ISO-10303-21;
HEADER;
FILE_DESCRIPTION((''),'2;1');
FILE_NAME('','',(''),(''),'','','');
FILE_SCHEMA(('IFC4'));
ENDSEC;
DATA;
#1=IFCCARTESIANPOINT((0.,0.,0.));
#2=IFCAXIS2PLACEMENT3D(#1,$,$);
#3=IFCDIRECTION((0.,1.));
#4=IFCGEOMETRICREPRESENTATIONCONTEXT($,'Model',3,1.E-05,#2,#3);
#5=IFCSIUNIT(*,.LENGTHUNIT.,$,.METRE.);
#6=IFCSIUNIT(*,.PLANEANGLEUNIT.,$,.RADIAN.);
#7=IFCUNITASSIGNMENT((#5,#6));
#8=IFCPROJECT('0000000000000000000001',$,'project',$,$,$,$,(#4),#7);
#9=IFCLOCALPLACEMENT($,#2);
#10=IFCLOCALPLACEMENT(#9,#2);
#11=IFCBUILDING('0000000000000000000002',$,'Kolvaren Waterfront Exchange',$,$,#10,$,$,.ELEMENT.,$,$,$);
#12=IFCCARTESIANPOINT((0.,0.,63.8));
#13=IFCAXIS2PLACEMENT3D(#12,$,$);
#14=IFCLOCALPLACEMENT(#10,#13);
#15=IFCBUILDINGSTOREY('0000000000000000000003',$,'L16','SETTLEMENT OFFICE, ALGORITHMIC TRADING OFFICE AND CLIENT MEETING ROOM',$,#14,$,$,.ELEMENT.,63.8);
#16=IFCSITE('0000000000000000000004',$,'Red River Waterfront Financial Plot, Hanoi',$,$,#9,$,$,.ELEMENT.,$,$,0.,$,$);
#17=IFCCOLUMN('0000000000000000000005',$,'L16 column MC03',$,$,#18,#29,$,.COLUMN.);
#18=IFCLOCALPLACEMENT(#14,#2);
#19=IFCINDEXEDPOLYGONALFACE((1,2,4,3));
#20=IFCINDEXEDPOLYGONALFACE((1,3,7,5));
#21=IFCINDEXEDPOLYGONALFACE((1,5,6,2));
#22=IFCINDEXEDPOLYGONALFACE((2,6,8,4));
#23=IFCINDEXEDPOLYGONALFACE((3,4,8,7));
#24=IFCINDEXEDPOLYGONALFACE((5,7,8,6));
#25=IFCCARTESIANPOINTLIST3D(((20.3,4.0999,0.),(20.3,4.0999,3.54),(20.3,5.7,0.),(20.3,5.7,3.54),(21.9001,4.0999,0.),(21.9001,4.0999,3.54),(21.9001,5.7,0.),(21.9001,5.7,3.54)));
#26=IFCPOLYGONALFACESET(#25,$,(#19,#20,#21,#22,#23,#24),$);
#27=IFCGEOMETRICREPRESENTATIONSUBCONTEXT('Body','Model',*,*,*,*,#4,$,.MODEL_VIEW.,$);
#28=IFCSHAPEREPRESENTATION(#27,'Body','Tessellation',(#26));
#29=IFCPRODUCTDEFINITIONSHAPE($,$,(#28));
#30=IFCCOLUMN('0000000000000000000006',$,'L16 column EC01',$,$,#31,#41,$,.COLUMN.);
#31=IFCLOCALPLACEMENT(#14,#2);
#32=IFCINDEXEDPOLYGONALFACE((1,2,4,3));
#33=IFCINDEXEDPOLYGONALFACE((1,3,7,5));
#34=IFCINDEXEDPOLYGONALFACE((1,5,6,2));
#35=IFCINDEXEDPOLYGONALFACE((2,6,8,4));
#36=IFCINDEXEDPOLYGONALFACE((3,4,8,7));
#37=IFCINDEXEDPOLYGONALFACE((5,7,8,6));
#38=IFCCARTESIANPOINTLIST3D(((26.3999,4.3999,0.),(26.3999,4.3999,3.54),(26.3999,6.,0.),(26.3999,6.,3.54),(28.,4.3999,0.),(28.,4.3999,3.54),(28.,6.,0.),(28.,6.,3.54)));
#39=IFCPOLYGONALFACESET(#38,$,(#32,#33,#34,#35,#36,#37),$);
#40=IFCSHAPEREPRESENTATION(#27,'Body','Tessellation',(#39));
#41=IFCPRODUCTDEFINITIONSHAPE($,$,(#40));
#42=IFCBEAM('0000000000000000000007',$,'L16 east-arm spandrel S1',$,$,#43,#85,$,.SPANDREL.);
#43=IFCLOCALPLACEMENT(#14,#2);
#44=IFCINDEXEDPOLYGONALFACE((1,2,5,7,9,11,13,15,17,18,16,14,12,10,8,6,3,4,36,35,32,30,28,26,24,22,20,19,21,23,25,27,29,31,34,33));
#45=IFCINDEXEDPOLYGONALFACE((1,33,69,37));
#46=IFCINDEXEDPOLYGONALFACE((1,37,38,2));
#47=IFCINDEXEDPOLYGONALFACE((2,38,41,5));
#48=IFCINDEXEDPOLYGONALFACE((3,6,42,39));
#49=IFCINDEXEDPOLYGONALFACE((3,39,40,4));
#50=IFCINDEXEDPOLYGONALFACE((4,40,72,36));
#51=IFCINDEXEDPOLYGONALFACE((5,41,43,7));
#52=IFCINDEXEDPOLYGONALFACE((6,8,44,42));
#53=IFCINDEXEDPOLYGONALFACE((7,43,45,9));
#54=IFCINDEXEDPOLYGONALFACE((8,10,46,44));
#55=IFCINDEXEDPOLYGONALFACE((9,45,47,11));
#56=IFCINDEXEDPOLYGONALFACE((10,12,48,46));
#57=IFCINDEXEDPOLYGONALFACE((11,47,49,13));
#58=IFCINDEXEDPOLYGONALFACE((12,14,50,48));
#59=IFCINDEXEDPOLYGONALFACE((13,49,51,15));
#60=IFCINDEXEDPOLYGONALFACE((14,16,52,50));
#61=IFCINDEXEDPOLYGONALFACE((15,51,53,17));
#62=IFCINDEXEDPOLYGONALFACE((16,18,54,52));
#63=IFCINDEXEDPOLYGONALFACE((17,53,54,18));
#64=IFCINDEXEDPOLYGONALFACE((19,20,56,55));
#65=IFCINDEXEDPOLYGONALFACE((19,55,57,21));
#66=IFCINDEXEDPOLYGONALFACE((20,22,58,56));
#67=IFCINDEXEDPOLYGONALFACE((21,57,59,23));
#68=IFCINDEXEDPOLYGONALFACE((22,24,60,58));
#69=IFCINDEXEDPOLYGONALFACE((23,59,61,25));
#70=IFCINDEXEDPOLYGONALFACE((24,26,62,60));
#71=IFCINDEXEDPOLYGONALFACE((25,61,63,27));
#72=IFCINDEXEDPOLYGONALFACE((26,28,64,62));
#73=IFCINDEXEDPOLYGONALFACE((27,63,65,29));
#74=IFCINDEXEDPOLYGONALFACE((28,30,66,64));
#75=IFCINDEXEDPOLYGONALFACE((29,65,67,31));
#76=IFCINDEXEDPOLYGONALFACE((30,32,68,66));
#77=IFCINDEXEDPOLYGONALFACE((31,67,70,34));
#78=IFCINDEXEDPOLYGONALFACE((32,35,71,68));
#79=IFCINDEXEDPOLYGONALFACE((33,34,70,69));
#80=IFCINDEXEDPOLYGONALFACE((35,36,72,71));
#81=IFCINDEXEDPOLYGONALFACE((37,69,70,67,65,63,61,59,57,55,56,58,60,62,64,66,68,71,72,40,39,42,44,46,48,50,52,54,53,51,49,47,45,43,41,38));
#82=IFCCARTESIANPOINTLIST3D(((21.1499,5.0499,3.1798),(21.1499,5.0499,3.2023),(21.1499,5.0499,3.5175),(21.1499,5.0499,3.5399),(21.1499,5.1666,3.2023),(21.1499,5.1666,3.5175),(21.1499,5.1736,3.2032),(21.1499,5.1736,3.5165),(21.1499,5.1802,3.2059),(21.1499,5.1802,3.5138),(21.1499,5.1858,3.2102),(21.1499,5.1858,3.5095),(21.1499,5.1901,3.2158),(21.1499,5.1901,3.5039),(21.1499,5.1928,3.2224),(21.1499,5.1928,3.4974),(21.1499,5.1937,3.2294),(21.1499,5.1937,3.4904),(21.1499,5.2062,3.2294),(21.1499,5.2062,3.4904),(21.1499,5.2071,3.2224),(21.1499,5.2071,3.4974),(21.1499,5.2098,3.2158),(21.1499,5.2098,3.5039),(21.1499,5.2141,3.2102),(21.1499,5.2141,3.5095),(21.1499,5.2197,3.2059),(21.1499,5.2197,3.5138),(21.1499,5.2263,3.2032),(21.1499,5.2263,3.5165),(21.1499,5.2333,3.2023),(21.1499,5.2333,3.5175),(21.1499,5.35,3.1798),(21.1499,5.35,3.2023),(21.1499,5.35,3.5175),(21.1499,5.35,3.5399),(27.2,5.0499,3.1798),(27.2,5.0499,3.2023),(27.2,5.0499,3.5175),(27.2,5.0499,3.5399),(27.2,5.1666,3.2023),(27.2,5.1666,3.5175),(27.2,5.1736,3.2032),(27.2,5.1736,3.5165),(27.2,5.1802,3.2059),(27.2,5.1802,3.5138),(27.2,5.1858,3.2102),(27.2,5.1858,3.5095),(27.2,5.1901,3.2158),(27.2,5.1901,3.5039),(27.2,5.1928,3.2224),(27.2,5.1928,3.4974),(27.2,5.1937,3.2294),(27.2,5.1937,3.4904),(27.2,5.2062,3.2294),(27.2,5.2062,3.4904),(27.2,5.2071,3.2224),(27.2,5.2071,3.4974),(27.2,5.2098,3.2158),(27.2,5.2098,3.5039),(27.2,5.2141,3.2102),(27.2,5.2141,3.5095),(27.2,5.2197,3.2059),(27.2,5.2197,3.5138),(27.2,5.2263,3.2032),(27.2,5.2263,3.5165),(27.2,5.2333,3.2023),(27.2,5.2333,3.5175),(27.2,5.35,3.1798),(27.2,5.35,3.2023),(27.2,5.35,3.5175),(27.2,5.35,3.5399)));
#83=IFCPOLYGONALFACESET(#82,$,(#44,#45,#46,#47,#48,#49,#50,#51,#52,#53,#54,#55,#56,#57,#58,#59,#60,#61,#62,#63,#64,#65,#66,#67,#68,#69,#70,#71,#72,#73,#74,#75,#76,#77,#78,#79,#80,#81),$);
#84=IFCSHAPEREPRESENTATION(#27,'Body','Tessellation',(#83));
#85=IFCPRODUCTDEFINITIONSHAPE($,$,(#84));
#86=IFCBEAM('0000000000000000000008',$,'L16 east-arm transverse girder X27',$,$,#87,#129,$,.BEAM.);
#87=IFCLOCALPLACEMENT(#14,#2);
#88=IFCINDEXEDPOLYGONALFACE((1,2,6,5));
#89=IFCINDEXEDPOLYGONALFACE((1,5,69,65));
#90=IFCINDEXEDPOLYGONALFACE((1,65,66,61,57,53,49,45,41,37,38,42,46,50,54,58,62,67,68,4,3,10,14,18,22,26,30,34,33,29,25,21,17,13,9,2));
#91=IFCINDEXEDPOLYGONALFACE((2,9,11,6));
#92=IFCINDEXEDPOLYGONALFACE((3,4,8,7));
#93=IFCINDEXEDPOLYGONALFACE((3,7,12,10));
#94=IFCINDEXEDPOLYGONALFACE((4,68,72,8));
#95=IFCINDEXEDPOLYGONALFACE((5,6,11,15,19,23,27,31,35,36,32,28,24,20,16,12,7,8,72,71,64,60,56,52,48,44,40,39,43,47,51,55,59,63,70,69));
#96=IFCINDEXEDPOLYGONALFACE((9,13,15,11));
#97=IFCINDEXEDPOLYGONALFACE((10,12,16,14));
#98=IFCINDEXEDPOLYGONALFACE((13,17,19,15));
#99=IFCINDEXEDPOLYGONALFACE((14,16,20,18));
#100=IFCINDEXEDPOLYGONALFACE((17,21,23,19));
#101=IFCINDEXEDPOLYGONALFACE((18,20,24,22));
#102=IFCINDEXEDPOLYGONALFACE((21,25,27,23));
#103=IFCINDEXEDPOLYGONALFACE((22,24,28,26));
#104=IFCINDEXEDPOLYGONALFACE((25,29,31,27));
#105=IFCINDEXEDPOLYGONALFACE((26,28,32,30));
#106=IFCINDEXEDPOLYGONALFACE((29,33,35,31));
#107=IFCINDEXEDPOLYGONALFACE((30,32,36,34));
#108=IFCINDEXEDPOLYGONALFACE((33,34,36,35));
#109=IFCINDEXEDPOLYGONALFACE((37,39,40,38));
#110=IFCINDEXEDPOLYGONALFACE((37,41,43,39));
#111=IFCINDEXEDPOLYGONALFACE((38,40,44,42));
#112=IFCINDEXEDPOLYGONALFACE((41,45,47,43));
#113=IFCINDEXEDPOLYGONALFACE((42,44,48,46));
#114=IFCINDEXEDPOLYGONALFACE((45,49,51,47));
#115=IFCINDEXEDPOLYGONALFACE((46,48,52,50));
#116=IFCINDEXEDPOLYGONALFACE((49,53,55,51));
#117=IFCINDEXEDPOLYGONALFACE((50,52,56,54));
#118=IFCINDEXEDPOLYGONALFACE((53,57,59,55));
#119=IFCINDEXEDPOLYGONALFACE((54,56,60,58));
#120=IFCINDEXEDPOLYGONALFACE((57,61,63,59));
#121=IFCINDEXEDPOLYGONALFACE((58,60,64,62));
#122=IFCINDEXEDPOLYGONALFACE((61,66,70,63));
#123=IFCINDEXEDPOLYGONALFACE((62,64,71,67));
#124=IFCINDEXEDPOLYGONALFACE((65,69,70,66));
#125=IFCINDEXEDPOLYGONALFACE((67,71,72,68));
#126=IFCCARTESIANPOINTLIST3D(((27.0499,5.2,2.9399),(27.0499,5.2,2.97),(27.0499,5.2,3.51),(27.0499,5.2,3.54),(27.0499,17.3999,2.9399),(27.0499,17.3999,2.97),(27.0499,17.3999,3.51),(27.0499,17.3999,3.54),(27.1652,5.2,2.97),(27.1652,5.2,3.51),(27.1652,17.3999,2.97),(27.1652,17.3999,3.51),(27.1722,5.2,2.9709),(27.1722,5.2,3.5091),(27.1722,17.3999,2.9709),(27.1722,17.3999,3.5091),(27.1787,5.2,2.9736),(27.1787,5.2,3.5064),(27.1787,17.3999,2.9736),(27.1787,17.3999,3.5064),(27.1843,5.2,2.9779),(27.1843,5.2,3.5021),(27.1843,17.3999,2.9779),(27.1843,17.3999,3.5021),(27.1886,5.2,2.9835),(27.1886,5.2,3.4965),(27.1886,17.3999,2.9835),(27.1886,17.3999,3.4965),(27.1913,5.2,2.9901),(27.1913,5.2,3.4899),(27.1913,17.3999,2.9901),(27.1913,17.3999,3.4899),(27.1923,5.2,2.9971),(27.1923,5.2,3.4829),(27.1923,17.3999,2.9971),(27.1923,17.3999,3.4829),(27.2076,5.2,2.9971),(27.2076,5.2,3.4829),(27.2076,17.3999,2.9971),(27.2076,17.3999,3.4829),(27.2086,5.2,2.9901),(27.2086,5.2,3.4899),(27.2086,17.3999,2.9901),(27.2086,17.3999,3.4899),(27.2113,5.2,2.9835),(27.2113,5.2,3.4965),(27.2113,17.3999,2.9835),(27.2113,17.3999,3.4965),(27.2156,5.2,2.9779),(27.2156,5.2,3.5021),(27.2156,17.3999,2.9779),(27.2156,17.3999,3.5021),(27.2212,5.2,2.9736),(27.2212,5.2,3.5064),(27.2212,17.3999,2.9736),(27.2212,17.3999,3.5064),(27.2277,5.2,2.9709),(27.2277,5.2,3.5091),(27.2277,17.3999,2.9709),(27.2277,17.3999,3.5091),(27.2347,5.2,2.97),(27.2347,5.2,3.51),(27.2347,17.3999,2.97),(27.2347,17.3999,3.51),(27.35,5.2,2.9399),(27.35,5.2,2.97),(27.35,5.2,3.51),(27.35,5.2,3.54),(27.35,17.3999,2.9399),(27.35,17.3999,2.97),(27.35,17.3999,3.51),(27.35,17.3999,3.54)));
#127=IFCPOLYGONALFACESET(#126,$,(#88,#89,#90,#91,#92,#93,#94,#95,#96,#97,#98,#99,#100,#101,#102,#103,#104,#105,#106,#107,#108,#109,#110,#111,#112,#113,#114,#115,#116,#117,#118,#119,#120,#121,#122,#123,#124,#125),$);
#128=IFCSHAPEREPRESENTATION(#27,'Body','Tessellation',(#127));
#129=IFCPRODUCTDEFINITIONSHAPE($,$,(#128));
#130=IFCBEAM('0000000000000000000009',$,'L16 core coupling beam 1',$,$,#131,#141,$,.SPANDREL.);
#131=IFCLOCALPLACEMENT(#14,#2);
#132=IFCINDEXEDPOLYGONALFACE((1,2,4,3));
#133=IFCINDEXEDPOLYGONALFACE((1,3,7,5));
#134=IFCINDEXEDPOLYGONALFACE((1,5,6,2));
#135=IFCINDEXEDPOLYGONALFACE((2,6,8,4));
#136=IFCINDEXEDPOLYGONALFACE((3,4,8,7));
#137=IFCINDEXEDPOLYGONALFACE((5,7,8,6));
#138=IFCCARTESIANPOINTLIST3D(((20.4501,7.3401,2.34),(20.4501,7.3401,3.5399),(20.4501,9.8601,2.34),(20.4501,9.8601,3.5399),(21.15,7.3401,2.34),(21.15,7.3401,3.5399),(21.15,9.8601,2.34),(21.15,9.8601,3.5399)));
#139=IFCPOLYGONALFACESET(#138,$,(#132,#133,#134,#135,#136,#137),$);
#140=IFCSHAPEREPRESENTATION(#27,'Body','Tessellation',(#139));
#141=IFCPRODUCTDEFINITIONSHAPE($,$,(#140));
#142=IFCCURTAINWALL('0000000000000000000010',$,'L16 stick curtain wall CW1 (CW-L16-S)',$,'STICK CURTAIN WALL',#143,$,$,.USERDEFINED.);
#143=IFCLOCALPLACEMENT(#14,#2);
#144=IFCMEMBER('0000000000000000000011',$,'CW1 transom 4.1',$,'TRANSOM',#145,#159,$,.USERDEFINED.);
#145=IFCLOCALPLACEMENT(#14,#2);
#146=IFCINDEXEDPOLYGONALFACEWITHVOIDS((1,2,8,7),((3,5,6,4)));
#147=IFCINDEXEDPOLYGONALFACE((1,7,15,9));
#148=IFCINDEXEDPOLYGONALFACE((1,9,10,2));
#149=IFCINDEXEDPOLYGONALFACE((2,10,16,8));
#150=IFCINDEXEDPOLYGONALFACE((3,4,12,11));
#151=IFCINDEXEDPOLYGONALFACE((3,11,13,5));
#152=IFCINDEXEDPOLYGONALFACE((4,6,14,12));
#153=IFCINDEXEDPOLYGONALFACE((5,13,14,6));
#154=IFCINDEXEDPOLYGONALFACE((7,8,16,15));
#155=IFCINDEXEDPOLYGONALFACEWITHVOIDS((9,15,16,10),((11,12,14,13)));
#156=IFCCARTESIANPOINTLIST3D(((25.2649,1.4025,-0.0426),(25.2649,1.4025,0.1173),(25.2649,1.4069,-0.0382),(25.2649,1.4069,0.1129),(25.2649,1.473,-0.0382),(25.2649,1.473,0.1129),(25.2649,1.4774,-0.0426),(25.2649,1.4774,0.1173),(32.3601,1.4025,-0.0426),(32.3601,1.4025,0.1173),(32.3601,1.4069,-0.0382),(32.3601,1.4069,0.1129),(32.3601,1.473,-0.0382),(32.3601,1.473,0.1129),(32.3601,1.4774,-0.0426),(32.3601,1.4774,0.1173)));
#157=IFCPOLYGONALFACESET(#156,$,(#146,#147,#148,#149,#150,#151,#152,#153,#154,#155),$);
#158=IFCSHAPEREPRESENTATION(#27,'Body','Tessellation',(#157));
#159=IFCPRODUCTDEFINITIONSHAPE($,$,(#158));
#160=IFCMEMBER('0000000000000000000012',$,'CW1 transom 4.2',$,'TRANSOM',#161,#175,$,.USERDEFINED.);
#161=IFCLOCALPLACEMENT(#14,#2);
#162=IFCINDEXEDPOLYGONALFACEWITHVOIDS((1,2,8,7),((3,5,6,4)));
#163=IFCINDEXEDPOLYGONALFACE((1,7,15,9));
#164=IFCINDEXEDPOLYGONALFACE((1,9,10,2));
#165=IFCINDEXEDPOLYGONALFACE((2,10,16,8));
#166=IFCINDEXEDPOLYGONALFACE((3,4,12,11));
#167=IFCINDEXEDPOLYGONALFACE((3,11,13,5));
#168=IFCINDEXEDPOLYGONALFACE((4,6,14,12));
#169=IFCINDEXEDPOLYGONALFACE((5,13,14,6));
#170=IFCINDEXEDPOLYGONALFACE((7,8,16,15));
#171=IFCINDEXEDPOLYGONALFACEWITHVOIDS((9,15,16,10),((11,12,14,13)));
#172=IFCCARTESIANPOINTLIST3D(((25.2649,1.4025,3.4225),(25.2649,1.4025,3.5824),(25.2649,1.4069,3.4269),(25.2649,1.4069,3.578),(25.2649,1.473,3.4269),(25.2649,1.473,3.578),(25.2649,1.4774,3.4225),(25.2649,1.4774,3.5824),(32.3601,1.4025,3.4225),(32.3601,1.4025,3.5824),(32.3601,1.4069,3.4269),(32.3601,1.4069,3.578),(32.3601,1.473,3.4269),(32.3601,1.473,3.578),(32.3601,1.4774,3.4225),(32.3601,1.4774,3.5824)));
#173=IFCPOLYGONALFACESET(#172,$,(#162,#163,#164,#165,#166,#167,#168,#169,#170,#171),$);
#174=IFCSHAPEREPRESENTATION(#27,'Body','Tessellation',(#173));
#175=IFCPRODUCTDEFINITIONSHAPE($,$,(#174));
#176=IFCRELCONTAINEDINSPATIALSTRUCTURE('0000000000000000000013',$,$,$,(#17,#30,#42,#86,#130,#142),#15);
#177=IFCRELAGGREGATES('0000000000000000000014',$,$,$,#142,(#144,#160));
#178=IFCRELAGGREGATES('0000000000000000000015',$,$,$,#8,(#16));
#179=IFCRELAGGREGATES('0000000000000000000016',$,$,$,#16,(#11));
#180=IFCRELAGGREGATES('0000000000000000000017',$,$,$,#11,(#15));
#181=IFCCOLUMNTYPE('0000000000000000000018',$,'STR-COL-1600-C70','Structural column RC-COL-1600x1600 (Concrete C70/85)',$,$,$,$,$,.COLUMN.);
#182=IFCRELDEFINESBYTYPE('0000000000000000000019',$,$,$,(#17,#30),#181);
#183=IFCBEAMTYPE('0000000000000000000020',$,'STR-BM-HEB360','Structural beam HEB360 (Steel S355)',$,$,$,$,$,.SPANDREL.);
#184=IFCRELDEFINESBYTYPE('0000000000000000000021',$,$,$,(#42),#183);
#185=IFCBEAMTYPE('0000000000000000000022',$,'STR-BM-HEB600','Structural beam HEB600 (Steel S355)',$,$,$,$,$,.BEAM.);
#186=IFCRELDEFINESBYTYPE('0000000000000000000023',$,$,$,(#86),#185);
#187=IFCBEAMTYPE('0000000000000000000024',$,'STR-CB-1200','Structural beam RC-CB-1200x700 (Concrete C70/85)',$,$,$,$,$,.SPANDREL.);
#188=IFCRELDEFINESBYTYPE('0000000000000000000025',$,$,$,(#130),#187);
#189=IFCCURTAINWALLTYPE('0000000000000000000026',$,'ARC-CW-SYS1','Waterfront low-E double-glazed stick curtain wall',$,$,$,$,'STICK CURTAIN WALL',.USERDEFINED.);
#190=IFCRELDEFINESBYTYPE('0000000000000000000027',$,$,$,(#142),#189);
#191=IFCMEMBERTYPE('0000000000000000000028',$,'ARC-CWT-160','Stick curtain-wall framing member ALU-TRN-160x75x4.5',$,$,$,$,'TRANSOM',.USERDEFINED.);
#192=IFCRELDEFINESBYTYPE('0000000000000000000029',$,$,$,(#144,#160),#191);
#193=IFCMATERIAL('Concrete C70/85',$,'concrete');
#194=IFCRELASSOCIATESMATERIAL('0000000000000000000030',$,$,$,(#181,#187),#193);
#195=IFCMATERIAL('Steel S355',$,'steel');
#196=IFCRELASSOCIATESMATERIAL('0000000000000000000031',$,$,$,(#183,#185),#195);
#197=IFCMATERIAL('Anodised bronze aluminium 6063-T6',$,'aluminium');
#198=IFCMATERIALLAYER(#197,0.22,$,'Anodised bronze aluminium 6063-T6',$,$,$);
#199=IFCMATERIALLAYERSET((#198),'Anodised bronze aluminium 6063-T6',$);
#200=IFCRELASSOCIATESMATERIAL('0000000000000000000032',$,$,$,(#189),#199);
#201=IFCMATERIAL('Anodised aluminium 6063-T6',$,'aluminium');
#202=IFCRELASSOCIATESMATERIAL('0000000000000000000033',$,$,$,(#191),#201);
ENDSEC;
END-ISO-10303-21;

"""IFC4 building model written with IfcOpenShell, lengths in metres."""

from ifc_helpers import new_model, si_unit, direction, frame, origin, origin_with_axes, origin_2d, place, context, subcontext, project, spatial, rectangle, hollow_rectangle, i_section, extrude, source, transform, mapped, material, layer, layer_set, material_profile, profile_set, type_object, element, aggregate, save


model = new_model("IFC4")

# Units and contexts
model_context = context("Model", 3, precision=1e-05, world=origin(), true_north=direction((0.0, 1.0)))
body_context = subcontext(model_context, "Body", "Model", "MODEL_VIEW")
ifc_project = project(units=[si_unit("LENGTHUNIT", "METRE"), si_unit("PLANEANGLEUNIT", "RADIAN")], contexts=[model_context])

# Site, building, storey
site_placement = place(None, origin())
site = spatial("IfcSite", under=ifc_project, at=site_placement, Name="Red River Waterfront Financial Plot, Hanoi", CompositionType="ELEMENT", RefElevation=0.0)
building_placement = place(site_placement, origin())
building = spatial("IfcBuilding", under=site, at=building_placement, Name="Kolvaren Waterfront Exchange", CompositionType="ELEMENT")
storey_placement = place(building_placement, frame((0.0, 0.0, 63.8)))
storey = spatial("IfcBuildingStorey", under=building, at=storey_placement, Name="L16", Description="SETTLEMENT OFFICE, ALGORITHMIC TRADING OFFICE AND CLIENT MEETING ROOM", CompositionType="ELEMENT", Elevation=63.8)

# Columns
ifc_material_1 = material(Name="Concrete C70/85", Category="concrete")
ifc_material_profile_1 = material_profile(ifc_material_1, rectangle(XDim=1.6001, YDim=1.6001, at=origin_2d()), Name="RC-COL-1600x1600")
ifc_profile_set_1 = profile_set([ifc_material_profile_1], Name="Concrete C70/85")
column_type = type_object("IfcColumnType", Name="STR-COL-1600-C70", Description="Structural column RC-COL-1600x1600 (Concrete C70/85)", PredefinedType="COLUMN", material=ifc_profile_set_1)
for number, where, z_axis, x_axis, name in (
    (1, (21.1001, 4.8999, 0.0), (0.0, 0.0, 1.0), (1.0, 0.0, 0.0), "L16 column MC03"),
    (2, (27.2, 5.2, 0.0), (0.0, 0.0, 1.0), (1.0, 0.0, 0.0), "L16 column EC01"),
):
    element("IfcColumn", number, at=place(storey_placement, frame(where, z_axis=z_axis, x_axis=x_axis)), inside=storey, type_object=column_type, Name=name, PredefinedType="COLUMN", context=body_context, shape_type="SweptSolid", body=[
        extrude(rectangle(XDim=1.6001, YDim=1.6001, at=origin_2d()), origin(), (0.0, 0.0, 1.0), 3.54),
    ])

# Beams
ifc_material_2 = material(Name="Steel S355", Category="steel")
ifc_material_profile_2 = material_profile(ifc_material_2, i_section(OverallWidth=0.3, OverallDepth=0.3601, WebThickness=0.0125, FlangeThickness=0.0225, FilletRadius=0.0271, at=origin_2d()), Name="HEB360")
ifc_profile_set_2 = profile_set([ifc_material_profile_2], Name="Steel S355")
beam_type_1 = type_object("IfcBeamType", Name="STR-BM-HEB360", Description="Structural beam HEB360 (Steel S355)", PredefinedType="SPANDREL", material=ifc_profile_set_2)
beam_1_placement = place(storey_placement, frame((21.1499, 5.2, 3.3599), z_axis=(1.0, 0.0, 0.0), x_axis=(0.0, 1.0, 0.0)))
element("IfcBeam", 3, at=beam_1_placement, inside=storey, type_object=beam_type_1, Name="L16 east-arm spandrel S1", PredefinedType="SPANDREL", context=body_context, shape_type="SweptSolid", body=[
    extrude(i_section(OverallWidth=0.3, OverallDepth=0.3601, WebThickness=0.0125, FlangeThickness=0.0225, FilletRadius=0.0271, at=origin_2d()), origin(), (0.0, 0.0, 1.0), 6.05),
])
ifc_material_profile_3 = material_profile(ifc_material_2, i_section(OverallWidth=0.3, OverallDepth=0.6001, WebThickness=0.0154, FlangeThickness=0.03, FilletRadius=0.0271, at=origin_2d()), Name="HEB600")
ifc_profile_set_3 = profile_set([ifc_material_profile_3], Name="Steel S355")
beam_type_2 = type_object("IfcBeamType", Name="STR-BM-HEB600", Description="Structural beam HEB600 (Steel S355)", PredefinedType="BEAM", material=ifc_profile_set_3)
beam_2_placement = place(storey_placement, frame((27.2, 5.2, 3.24), z_axis=(0.0, 1.0, 0.0), x_axis=(-1.0, 0.0, 0.0)))
element("IfcBeam", 4, at=beam_2_placement, inside=storey, type_object=beam_type_2, Name="L16 east-arm transverse girder X27", PredefinedType="BEAM", context=body_context, shape_type="SweptSolid", body=[
    extrude(i_section(OverallWidth=0.3, OverallDepth=0.6001, WebThickness=0.0154, FlangeThickness=0.03, FilletRadius=0.0271, at=origin_2d()), origin(), (0.0, 0.0, 1.0), 12.2),
])
ifc_material_profile_4 = material_profile(ifc_material_1, rectangle(XDim=0.7, YDim=1.2, at=origin_2d()), Name="RC-CB-1200x700")
ifc_profile_set_4 = profile_set([ifc_material_profile_4], Name="Concrete C70/85")
beam_type_3 = type_object("IfcBeamType", Name="STR-CB-1200", Description="Structural beam RC-CB-1200x700 (Concrete C70/85)", PredefinedType="SPANDREL", material=ifc_profile_set_4)
beam_3_placement = place(storey_placement, frame((20.8, 7.3401, 2.9399), z_axis=(0.0, 1.0, 0.0), x_axis=(-1.0, 0.0, 0.0)))
element("IfcBeam", 5, at=beam_3_placement, inside=storey, type_object=beam_type_3, Name="L16 core coupling beam 1", PredefinedType="SPANDREL", context=body_context, shape_type="SweptSolid", body=[
    extrude(rectangle(XDim=0.7, YDim=1.2, at=origin_2d()), origin(), (0.0, 0.0, 1.0), 2.52),
])

# Curtain wall, members
ifc_material_3 = material(Name="Anodised bronze aluminium 6063-T6", Category="aluminium")
ifc_layer_1 = layer(ifc_material_3, 0.22, Name="Anodised bronze aluminium 6063-T6")
ifc_layer_set_1 = layer_set([ifc_layer_1], Name="Anodised bronze aluminium 6063-T6")
curtain_wall_type_1 = type_object("IfcCurtainWallType", Name="ARC-CW-SYS1", Description="Waterfront low-E double-glazed stick curtain wall", ElementType="STICK CURTAIN WALL", PredefinedType="USERDEFINED", material=ifc_layer_set_1)
curtain_wall_1_placement = place(storey_placement, origin())
curtain_wall_1 = element("IfcCurtainWall", 6, at=curtain_wall_1_placement, inside=storey, type_object=curtain_wall_type_1, Name="L16 stick curtain wall CW1 (CW-L16-S)", ObjectType="STICK CURTAIN WALL", PredefinedType="USERDEFINED")
ifc_material_4 = material(Name="Anodised aluminium 6063-T6", Category="aluminium")
ifc_material_profile_5 = material_profile(ifc_material_4, hollow_rectangle(XDim=0.075, YDim=0.1599, WallThickness=0.0044, at=origin_2d()), Name="ALU-TRN-160x75x4.5")
ifc_profile_set_5 = profile_set([ifc_material_profile_5], Name="Anodised aluminium 6063-T6")
member_type_1 = type_object("IfcMemberType", Name="ARC-CWT-160", Description="Stick curtain-wall framing member ALU-TRN-160x75x4.5", ElementType="TRANSOM", PredefinedType="USERDEFINED", material=ifc_profile_set_5)
shared_shape_1 = source(origin_with_axes(), body_context, "Body", "SweptSolid", [
    extrude(hollow_rectangle(XDim=0.075, YDim=0.1599, WallThickness=0.0044, at=origin_2d()), origin(), (0.0, 0.0, 1.0), 7.0952),
])
member_1_placement = place(storey_placement, frame((25.2649, 1.4399, 0.0374), z_axis=(1.0, 0.0, 0.0), x_axis=(0.0, 1.0, 0.0)))
member_1 = element("IfcMember", 7, at=member_1_placement, type_object=member_type_1, Name="CW1 transom 4.1", ObjectType="TRANSOM", PredefinedType="USERDEFINED", context=body_context, shape_type="MappedRepresentation", body=[
    mapped(shared_shape_1, transform((0.0, 0.0, 0.0), x_axis=(1.0, 0.0, 0.0), y_axis=(0.0, 1.0, 0.0), z_axis=(0.0, 0.0, 1.0), scale=1.0)),
])
member_2_placement = place(storey_placement, frame((25.2649, 1.4399, 3.5024), z_axis=(1.0, 0.0, 0.0), x_axis=(0.0, 1.0, 0.0)))
member_2 = element("IfcMember", 8, at=member_2_placement, type_object=member_type_1, Name="CW1 transom 4.2", ObjectType="TRANSOM", PredefinedType="USERDEFINED", context=body_context, shape_type="MappedRepresentation", body=[
    mapped(shared_shape_1, transform((0.0, 0.0, 0.0), x_axis=(1.0, 0.0, 0.0), y_axis=(0.0, 1.0, 0.0), z_axis=(0.0, 0.0, 1.0), scale=1.0)),
])

aggregate(curtain_wall_1, [member_1, member_2])

save(model, "model.ifc")
